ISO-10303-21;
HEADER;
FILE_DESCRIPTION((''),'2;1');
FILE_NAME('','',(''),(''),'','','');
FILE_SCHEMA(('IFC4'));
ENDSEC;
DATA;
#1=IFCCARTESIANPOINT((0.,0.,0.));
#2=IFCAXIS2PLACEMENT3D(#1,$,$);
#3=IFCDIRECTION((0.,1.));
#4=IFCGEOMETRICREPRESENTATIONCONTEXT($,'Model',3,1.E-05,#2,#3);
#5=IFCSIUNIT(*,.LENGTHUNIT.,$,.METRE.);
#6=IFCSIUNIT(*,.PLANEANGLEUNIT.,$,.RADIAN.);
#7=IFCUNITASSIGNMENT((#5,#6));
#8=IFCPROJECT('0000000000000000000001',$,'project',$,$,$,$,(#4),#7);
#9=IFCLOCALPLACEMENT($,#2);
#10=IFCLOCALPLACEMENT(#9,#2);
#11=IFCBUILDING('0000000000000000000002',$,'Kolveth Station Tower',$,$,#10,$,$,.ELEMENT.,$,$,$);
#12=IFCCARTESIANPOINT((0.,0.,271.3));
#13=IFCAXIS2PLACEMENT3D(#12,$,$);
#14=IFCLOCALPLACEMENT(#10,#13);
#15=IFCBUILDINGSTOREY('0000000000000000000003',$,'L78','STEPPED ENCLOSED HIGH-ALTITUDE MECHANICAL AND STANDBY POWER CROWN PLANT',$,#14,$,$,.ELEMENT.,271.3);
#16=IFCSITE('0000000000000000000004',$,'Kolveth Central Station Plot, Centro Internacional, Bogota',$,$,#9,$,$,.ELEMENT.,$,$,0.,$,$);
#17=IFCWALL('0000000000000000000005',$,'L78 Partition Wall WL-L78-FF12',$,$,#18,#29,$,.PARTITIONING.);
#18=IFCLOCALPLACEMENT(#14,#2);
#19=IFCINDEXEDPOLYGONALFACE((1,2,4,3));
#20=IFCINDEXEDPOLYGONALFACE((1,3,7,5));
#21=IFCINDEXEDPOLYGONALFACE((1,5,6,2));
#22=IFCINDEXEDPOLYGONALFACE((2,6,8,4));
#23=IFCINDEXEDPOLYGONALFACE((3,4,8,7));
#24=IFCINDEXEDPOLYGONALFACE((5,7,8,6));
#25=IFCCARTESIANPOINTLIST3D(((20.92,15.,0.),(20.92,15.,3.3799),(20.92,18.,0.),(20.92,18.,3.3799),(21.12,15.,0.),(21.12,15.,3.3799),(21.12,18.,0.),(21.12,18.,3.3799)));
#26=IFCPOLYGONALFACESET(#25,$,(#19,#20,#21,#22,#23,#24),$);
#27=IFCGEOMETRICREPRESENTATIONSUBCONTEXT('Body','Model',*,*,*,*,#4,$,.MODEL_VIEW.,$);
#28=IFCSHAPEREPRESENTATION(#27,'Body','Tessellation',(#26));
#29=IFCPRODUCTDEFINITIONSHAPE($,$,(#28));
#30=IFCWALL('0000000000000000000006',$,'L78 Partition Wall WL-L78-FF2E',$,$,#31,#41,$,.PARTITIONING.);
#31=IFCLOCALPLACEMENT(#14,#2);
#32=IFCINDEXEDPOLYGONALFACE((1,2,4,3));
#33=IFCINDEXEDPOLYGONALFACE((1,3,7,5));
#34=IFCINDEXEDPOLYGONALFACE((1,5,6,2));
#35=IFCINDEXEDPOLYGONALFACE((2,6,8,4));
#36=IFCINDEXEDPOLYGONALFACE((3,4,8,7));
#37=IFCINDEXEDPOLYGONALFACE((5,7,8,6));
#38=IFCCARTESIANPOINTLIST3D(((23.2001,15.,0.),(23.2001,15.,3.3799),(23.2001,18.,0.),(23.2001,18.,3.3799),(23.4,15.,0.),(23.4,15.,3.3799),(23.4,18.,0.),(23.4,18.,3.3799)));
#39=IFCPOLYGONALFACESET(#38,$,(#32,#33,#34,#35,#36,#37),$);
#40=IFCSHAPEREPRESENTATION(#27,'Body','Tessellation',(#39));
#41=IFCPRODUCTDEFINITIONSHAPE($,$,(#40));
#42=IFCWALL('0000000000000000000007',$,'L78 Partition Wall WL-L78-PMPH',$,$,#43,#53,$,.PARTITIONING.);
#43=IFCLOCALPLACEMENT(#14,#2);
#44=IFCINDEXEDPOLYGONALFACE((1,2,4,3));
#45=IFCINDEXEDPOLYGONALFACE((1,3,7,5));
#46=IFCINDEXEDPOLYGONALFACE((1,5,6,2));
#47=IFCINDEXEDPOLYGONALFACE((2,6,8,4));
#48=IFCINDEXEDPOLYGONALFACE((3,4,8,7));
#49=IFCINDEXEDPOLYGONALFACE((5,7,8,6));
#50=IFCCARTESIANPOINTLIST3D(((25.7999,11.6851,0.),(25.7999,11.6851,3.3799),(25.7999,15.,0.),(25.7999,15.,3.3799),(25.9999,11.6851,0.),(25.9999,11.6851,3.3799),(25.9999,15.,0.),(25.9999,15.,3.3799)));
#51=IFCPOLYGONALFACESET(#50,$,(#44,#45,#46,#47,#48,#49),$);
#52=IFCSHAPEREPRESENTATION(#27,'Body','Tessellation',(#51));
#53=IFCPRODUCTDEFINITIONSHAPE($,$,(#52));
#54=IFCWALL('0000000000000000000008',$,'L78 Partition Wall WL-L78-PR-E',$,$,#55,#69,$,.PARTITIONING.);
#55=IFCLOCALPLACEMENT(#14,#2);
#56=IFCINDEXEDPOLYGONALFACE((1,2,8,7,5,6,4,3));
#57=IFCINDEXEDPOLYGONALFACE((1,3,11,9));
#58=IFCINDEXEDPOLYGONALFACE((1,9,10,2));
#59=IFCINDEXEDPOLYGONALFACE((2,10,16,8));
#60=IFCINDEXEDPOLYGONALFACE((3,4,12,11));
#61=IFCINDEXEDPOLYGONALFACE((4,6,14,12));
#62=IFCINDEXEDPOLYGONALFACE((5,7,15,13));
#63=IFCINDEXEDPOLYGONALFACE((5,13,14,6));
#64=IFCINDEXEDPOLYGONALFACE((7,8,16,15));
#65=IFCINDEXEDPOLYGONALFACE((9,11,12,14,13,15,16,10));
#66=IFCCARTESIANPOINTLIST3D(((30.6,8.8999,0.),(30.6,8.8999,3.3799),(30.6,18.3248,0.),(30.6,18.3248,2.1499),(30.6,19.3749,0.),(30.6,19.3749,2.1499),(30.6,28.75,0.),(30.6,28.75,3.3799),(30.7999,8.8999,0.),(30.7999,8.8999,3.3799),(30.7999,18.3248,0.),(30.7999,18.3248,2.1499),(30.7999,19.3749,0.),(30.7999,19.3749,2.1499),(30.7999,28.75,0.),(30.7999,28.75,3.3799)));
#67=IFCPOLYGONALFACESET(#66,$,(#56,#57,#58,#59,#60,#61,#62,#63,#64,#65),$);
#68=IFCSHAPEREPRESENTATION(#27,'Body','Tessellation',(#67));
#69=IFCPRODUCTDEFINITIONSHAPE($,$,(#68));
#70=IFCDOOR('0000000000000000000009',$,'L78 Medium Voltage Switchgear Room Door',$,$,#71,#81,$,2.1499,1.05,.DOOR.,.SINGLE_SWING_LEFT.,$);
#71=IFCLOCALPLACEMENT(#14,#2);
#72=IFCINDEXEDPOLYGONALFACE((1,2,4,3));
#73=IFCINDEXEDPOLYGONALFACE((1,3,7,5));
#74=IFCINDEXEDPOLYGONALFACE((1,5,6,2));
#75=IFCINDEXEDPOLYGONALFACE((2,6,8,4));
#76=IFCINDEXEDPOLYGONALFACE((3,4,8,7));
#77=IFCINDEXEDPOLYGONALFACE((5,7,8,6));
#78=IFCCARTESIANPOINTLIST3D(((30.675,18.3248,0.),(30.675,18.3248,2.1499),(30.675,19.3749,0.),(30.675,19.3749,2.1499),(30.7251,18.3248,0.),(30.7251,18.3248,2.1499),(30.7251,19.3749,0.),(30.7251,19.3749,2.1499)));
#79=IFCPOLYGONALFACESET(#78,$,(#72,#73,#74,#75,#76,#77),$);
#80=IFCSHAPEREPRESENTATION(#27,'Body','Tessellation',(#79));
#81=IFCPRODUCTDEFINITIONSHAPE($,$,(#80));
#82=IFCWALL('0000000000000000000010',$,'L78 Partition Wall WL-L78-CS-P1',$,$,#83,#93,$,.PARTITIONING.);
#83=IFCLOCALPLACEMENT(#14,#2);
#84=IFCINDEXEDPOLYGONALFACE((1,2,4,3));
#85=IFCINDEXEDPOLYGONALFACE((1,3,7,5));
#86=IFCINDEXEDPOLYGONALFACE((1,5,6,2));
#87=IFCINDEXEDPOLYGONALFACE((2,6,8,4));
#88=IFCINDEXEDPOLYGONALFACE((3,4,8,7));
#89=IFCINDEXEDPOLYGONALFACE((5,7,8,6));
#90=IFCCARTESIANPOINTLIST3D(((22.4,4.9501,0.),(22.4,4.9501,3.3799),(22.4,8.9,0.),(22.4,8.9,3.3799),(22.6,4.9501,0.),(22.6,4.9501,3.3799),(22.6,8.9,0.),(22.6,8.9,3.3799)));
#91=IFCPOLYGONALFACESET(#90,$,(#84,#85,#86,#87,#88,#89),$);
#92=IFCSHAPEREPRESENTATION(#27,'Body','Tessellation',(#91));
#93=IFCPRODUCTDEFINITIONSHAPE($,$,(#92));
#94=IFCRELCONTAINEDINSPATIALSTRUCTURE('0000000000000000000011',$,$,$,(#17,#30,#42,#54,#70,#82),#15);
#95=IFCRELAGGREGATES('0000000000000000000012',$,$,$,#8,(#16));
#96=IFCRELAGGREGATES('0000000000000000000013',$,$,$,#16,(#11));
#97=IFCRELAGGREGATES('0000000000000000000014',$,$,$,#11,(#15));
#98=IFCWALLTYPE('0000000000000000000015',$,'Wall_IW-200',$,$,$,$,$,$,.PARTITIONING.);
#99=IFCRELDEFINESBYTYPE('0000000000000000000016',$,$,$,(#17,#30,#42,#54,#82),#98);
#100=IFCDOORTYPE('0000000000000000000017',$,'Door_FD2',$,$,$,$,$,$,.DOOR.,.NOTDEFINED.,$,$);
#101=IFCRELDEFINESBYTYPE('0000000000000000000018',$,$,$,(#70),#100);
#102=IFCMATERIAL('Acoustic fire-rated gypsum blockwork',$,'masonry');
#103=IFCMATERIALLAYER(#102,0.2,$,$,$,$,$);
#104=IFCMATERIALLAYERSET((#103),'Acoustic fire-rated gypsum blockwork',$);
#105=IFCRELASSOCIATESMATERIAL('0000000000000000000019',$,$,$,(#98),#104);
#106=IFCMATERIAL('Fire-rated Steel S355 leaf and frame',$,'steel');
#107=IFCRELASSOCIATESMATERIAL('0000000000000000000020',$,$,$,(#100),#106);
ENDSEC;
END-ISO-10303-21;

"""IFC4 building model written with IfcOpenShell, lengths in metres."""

from ifc_helpers import new_model, si_unit, direction, frame, frame_2d, origin, place, context, subcontext, project, spatial, rectangle, extrude, material, layer, layer_set, type_object, element, fill, save


model = new_model("IFC4")

# Units and contexts
model_context = context("Model", 3, precision=1e-05, world=origin(), true_north=direction((0.0, 1.0)))
body_context = subcontext(model_context, "Body", "Model", "MODEL_VIEW")
ifc_project = project(units=[si_unit("LENGTHUNIT", "METRE"), si_unit("PLANEANGLEUNIT", "RADIAN")], contexts=[model_context])

# Site, building, storey
site_placement = place(None, origin())
site = spatial("IfcSite", under=ifc_project, at=site_placement, Name="Kolveth Central Station Plot, Centro Internacional, Bogota", CompositionType="ELEMENT", RefElevation=0.0)
building_placement = place(site_placement, origin())
building = spatial("IfcBuilding", under=site, at=building_placement, Name="Kolveth Station Tower", CompositionType="ELEMENT")
storey_placement = place(building_placement, frame((0.0, 0.0, 271.3)))
storey = spatial("IfcBuildingStorey", under=building, at=storey_placement, Name="L78", Description="STEPPED ENCLOSED HIGH-ALTITUDE MECHANICAL AND STANDBY POWER CROWN PLANT", CompositionType="ELEMENT", Elevation=271.3)

# Shared definitions
ifc_material_1 = material(Name="Fire-rated Steel S355 leaf and frame", Category="steel")

# Shared definitions
ifc_material_2 = material(Name="Acoustic fire-rated gypsum blockwork", Category="masonry")
ifc_layer_1 = layer(ifc_material_2, 0.2)
ifc_layer_set_1 = layer_set([ifc_layer_1], Name="Acoustic fire-rated gypsum blockwork")
wall_type_1 = type_object("IfcWallType", Name="Wall_IW-200", PredefinedType="PARTITIONING", material=ifc_layer_set_1)

# Walls
for number, where, z_axis, x_axis, name in (
    (1, (21.02, 15.0, 0.0), (0.0, 0.0, 1.0), (0.0, 1.0, 0.0), "L78 Partition Wall WL-L78-FF12"),
    (2, (23.3, 15.0, 0.0), (0.0, 0.0, 1.0), (0.0, 1.0, 0.0), "L78 Partition Wall WL-L78-FF2E"),
):
    element("IfcWall", number, at=place(storey_placement, frame(where, z_axis=z_axis, x_axis=x_axis)), inside=storey, type_object=wall_type_1, Name=name, PredefinedType="PARTITIONING", context=body_context, shape_type="SweptSolid", body=[
        extrude(rectangle(XDim=3.0, YDim=0.2, at=frame_2d((1.5, 0.0))), origin(), (0.0, 0.0, 1.0), 3.3799),
    ])
wall_1_placement = place(storey_placement, frame((25.8999, 11.6851, 0.0), z_axis=(0.0, 0.0, 1.0), x_axis=(0.0, 1.0, 0.0)))
element("IfcWall", 3, at=wall_1_placement, inside=storey, type_object=wall_type_1, Name="L78 Partition Wall WL-L78-PMPH", PredefinedType="PARTITIONING", context=body_context, shape_type="SweptSolid", body=[
    extrude(rectangle(XDim=3.3149, YDim=0.2, at=frame_2d((1.6575, 0.0))), origin(), (0.0, 0.0, 1.0), 3.3799),
])

# Wall, opening, door
wall_2_placement = place(storey_placement, frame((30.7, 8.8999, 0.0), z_axis=(0.0, 0.0, 1.0), x_axis=(0.0, 1.0, 0.0)))
wall_2 = element("IfcWall", 4, at=wall_2_placement, inside=storey, type_object=wall_type_1, Name="L78 Partition Wall WL-L78-PR-E", PredefinedType="PARTITIONING", context=body_context, shape_type="SweptSolid", body=[
    extrude(rectangle(XDim=19.8501, YDim=0.2, at=frame_2d((9.925, 0.0))), origin(), (0.0, 0.0, 1.0), 3.3799),
])
opening_1_placement = place(wall_2_placement, frame((9.425, 0.0, 0.0)))
opening_1 = element("IfcOpeningElement", 5, at=opening_1_placement, cuts=wall_2, PredefinedType="OPENING", context=body_context, shape_type="SweptSolid", body=[
    extrude(rectangle(XDim=1.05, YDim=2.1499, at=frame_2d((0.5249, 1.075))), frame((0.0, 0.1099, 0.0), z_axis=(0.0, -1.0, 0.0), x_axis=(1.0, 0.0, 0.0)), (0.0, 0.0, 1.0), 0.22),
])
door_type_1 = type_object("IfcDoorType", Name="Door_FD2", OperationType="NOTDEFINED", PredefinedType="DOOR", material=ifc_material_1)
door_1_placement = place(opening_1_placement, origin())
door_1 = element("IfcDoor", 6, at=door_1_placement, inside=storey, type_object=door_type_1, Name="L78 Medium Voltage Switchgear Room Door", OperationType="SINGLE_SWING_LEFT", OverallHeight=2.1499, OverallWidth=1.05, PredefinedType="DOOR", context=body_context, shape_type="SweptSolid", body=[
    extrude(rectangle(XDim=1.05, YDim=2.1499, at=frame_2d((0.5249, 1.075))), frame((0.0, 0.0249, 0.0), z_axis=(0.0, -1.0, 0.0), x_axis=(1.0, 0.0, 0.0)), (0.0, 0.0, 1.0), 0.05),
])
fill(opening_1, door_1)

# Wall
wall_3_placement = place(storey_placement, frame((22.5, 4.95, 0.0), z_axis=(0.0, 0.0, 1.0), x_axis=(0.0, 1.0, 0.0)))
element("IfcWall", 7, at=wall_3_placement, inside=storey, type_object=wall_type_1, Name="L78 Partition Wall WL-L78-CS-P1", PredefinedType="PARTITIONING", context=body_context, shape_type="SweptSolid", body=[
    extrude(rectangle(XDim=3.95, YDim=0.2, at=frame_2d((1.9751, 0.0))), origin(), (0.0, 0.0, 1.0), 3.3799),
])

save(model, "model.ifc")
